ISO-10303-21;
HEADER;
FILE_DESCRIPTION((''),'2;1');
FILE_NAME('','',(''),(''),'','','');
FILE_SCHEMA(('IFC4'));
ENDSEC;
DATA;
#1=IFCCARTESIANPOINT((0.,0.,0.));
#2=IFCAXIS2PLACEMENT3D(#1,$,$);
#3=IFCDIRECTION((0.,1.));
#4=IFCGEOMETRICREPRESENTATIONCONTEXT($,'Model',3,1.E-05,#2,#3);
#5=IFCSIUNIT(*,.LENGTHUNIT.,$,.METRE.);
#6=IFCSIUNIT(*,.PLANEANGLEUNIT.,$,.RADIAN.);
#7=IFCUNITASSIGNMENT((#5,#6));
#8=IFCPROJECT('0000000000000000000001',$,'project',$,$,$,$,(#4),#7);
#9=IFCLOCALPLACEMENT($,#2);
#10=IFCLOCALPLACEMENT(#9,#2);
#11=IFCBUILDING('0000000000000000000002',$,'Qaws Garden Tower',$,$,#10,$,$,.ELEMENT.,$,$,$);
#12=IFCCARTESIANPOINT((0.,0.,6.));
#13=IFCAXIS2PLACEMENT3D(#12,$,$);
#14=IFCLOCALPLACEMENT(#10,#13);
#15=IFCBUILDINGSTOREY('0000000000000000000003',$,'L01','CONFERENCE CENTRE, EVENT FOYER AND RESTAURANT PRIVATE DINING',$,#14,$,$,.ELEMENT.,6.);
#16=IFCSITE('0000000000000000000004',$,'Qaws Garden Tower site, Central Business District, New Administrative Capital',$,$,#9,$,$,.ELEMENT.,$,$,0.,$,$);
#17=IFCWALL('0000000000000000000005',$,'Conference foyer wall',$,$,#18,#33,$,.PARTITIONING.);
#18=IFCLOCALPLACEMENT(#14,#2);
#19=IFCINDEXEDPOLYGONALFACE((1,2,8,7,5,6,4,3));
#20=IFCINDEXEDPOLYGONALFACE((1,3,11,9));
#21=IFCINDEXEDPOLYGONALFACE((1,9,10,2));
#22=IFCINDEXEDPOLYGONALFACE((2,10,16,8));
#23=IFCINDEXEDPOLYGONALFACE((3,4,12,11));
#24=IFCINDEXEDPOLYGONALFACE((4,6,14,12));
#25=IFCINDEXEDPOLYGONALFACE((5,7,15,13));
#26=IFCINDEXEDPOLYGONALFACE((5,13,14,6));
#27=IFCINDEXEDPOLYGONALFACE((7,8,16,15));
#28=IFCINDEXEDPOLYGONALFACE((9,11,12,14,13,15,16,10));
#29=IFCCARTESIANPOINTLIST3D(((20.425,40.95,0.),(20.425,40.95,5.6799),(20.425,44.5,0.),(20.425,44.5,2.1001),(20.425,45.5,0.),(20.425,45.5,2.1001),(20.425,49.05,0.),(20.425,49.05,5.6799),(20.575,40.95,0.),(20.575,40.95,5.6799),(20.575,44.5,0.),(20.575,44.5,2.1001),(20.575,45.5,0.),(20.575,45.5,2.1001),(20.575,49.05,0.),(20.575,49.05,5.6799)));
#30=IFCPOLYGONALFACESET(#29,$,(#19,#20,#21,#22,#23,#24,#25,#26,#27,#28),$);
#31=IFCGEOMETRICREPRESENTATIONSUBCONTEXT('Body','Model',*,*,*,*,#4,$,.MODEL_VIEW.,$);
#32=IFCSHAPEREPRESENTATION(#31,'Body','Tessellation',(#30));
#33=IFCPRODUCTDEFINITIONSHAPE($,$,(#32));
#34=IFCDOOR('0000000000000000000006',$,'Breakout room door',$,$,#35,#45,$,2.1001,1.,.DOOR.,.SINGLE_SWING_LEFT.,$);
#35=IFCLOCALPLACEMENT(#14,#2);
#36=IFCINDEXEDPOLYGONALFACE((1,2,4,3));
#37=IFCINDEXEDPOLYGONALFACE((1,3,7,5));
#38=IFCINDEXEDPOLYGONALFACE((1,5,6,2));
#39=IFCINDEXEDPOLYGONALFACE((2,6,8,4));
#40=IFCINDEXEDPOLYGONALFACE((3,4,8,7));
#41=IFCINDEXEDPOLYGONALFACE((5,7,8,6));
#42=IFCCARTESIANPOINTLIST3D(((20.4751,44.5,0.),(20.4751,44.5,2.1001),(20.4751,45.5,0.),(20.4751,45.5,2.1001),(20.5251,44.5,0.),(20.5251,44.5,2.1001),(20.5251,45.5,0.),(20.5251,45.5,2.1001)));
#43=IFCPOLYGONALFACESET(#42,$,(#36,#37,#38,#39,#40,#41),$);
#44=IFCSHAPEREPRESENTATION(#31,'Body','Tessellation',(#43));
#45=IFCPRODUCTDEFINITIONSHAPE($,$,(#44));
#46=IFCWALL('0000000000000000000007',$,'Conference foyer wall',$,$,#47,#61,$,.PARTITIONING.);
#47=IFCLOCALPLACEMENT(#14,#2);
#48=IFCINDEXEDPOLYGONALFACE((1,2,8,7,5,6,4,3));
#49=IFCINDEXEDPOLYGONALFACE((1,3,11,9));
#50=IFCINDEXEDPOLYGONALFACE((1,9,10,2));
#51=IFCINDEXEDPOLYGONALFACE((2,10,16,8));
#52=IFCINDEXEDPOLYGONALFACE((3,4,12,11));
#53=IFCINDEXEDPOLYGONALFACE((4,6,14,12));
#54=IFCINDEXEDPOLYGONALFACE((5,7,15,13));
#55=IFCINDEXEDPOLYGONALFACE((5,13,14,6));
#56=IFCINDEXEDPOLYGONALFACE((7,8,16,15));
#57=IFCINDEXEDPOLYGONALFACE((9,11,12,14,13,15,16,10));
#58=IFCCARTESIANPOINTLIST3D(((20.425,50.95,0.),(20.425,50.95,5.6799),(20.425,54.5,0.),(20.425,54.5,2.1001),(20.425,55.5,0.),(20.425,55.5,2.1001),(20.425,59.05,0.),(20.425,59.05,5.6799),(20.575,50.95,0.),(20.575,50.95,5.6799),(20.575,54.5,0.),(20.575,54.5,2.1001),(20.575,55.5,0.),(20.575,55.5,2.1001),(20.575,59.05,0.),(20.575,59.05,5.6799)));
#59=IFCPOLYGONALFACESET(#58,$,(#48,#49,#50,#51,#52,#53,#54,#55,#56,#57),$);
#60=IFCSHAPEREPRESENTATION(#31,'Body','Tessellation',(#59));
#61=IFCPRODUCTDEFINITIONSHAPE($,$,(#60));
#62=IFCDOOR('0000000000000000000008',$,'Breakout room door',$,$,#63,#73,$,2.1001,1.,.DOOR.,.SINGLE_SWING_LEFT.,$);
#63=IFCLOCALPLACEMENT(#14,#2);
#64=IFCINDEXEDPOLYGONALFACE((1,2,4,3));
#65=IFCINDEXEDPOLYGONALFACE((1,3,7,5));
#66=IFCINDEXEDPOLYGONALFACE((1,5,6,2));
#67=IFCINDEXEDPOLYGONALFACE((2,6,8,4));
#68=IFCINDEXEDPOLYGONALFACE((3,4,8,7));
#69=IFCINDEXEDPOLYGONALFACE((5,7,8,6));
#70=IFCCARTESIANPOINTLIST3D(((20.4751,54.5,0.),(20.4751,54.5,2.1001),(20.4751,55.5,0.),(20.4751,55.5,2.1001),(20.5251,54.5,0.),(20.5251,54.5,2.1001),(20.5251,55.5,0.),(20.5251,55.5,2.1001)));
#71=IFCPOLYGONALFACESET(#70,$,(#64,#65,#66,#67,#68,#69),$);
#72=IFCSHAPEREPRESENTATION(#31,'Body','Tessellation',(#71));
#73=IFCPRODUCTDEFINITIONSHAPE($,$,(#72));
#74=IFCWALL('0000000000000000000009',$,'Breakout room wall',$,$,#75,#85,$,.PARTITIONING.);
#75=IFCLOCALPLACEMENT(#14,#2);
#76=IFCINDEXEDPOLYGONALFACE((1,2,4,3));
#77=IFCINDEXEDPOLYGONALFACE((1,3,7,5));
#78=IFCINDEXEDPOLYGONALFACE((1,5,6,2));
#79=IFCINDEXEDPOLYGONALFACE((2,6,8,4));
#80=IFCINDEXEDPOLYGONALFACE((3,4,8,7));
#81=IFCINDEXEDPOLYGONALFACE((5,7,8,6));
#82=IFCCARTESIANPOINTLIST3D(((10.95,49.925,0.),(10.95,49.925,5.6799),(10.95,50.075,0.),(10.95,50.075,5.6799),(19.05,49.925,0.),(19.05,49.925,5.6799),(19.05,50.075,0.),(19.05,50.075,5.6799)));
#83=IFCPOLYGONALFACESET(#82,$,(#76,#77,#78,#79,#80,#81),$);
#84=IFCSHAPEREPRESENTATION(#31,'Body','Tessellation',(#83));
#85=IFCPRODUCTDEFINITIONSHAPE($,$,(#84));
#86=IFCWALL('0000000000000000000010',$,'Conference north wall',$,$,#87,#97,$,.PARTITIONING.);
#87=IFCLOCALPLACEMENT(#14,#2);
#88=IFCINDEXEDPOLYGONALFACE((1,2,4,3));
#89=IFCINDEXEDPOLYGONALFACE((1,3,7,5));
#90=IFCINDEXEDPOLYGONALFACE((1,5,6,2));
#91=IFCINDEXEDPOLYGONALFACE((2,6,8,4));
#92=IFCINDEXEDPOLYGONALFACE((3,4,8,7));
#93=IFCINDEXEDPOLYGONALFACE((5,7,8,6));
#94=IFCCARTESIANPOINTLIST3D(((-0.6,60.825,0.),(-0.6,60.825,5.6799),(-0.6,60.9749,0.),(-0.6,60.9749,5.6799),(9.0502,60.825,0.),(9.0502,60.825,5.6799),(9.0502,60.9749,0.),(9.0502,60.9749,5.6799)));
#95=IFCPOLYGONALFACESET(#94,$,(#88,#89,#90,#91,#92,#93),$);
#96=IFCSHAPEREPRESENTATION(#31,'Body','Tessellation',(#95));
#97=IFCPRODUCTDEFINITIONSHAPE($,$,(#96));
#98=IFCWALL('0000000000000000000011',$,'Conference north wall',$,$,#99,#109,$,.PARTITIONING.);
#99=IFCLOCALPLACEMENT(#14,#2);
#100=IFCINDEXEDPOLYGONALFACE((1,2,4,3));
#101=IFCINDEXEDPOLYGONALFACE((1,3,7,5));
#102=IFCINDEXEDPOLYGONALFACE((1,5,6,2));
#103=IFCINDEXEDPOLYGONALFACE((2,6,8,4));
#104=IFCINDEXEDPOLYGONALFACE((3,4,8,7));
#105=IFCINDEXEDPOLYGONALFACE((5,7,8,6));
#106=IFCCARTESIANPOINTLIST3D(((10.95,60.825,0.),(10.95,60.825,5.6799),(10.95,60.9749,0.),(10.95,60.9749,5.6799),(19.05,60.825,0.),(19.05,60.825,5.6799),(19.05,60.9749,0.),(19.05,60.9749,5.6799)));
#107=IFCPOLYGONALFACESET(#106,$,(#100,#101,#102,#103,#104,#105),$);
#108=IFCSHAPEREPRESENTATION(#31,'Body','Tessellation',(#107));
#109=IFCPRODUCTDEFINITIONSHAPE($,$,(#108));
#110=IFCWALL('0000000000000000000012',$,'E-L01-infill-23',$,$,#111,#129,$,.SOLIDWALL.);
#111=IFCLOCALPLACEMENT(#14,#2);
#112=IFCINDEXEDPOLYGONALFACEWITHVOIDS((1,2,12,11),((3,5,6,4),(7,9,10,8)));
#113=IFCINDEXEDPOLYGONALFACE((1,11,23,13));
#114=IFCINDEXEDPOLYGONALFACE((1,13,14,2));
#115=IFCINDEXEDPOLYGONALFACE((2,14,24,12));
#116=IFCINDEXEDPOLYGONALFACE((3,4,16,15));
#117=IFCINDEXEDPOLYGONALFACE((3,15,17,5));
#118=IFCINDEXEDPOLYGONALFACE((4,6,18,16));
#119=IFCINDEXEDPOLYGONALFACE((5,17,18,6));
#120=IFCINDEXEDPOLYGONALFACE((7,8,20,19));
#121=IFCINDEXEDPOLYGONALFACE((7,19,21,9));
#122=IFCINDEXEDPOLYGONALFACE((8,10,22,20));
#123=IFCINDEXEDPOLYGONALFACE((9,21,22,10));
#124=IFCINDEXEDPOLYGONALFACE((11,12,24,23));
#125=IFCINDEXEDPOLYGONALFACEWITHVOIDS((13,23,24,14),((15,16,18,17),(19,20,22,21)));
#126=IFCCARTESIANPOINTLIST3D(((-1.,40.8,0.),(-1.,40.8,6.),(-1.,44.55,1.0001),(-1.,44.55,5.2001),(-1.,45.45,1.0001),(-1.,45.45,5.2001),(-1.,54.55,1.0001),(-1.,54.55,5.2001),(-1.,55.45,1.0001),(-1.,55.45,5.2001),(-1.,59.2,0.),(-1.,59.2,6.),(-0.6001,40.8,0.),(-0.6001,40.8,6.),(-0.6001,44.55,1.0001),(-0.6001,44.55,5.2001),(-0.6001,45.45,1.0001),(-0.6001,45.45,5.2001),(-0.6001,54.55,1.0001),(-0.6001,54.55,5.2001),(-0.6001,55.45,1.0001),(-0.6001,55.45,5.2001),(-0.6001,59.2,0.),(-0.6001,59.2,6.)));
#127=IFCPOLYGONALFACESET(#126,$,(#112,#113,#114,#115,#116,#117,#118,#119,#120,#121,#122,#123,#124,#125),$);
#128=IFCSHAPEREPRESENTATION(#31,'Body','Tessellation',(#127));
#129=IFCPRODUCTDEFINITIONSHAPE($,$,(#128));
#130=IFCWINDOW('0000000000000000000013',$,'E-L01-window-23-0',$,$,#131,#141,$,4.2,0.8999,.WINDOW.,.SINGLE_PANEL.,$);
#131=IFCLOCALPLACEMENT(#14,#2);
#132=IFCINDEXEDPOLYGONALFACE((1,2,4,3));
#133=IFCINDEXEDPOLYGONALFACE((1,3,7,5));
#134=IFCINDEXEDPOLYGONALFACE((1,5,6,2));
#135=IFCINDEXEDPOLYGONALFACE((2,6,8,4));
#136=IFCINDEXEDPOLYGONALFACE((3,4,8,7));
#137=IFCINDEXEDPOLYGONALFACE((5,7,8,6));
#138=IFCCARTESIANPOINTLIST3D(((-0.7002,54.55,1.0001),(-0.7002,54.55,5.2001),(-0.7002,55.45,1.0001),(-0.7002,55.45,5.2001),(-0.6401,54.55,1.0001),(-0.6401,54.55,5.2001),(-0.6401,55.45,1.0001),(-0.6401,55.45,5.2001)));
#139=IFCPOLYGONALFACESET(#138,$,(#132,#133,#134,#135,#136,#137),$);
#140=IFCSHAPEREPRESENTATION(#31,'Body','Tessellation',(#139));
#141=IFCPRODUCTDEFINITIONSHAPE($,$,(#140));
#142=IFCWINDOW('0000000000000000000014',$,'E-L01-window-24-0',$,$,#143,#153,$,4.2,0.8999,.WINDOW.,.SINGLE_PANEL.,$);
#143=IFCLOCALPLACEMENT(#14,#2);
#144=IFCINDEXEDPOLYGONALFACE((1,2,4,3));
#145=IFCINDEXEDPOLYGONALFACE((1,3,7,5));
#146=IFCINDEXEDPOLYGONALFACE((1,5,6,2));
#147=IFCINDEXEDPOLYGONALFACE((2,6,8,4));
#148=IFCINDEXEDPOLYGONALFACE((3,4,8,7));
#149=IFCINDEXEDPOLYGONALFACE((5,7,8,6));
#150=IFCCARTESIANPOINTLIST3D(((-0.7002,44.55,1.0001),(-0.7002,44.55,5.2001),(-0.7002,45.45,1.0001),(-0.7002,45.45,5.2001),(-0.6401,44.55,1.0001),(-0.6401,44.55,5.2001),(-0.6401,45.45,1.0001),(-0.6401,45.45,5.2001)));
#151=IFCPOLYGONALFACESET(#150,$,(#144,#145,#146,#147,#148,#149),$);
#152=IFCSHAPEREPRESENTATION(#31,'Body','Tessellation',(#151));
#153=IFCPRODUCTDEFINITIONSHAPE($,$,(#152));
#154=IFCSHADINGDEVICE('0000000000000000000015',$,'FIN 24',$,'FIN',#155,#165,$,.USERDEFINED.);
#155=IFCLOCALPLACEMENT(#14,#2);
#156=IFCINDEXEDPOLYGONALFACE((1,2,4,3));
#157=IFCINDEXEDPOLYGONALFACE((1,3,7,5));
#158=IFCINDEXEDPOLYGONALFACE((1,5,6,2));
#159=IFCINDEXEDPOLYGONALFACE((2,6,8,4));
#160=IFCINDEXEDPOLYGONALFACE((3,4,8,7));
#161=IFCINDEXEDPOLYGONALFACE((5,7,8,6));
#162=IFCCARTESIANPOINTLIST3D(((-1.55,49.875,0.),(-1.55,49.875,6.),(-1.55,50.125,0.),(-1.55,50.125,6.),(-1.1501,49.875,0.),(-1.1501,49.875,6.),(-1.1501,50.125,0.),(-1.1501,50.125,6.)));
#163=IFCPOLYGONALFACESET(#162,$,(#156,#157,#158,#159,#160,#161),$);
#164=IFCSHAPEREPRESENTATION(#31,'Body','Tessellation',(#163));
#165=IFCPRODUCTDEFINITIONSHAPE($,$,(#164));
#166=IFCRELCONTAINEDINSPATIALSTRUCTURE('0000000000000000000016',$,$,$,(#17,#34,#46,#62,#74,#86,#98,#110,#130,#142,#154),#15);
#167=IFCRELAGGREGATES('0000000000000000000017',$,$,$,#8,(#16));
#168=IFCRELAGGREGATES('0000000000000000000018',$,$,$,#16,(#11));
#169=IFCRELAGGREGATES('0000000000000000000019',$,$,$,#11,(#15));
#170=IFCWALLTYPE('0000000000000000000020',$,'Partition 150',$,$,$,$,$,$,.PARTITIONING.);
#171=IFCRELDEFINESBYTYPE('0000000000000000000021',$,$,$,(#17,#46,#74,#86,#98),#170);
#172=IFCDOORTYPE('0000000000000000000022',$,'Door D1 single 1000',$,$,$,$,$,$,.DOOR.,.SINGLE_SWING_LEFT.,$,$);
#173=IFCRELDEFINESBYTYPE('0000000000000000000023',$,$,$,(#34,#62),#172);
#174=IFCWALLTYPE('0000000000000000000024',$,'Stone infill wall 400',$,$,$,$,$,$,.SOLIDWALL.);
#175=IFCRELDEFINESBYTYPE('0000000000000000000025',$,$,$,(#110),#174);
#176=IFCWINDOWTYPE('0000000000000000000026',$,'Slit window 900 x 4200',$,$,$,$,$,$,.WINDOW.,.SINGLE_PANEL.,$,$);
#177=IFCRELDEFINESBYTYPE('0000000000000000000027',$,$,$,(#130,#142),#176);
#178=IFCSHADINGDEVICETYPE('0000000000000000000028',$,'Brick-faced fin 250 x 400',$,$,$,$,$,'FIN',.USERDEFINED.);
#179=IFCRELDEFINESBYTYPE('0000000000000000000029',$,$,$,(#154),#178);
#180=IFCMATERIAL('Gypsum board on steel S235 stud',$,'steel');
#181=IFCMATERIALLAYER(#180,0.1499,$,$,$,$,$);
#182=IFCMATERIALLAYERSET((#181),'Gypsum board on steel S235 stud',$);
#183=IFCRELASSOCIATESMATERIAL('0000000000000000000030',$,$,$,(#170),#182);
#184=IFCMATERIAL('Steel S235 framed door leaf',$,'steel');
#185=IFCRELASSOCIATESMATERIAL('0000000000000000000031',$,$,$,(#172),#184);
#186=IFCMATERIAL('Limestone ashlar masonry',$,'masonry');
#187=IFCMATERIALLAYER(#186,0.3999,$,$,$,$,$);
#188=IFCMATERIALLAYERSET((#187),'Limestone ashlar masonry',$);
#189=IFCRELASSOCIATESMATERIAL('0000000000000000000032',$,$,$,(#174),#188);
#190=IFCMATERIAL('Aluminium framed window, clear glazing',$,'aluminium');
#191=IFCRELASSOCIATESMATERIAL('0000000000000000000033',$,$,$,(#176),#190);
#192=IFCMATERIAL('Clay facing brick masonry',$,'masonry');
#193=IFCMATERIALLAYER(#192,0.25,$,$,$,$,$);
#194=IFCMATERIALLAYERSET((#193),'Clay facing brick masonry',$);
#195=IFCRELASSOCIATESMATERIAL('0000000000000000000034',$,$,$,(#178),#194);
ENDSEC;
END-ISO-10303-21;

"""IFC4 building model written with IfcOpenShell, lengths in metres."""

from ifc_helpers import new_model, si_unit, direction, frame, frame_2d, origin, origin_2d, place, context, subcontext, project, spatial, rectangle, extrude, material, layer, layer_set, type_object, element, fill, save


model = new_model("IFC4")

# Units and contexts
model_context = context("Model", 3, precision=1e-05, world=origin(), true_north=direction((0.0, 1.0)))
body_context = subcontext(model_context, "Body", "Model", "MODEL_VIEW")
ifc_project = project(units=[si_unit("LENGTHUNIT", "METRE"), si_unit("PLANEANGLEUNIT", "RADIAN")], contexts=[model_context])

# Site, building, storey
site_placement = place(None, origin())
site = spatial("IfcSite", under=ifc_project, at=site_placement, Name="Qaws Garden Tower site, Central Business District, New Administrative Capital", CompositionType="ELEMENT", RefElevation=0.0)
building_placement = place(site_placement, origin())
building = spatial("IfcBuilding", under=site, at=building_placement, Name="Qaws Garden Tower", CompositionType="ELEMENT")
storey_placement = place(building_placement, frame((0.0, 0.0, 6.0)))
storey = spatial("IfcBuildingStorey", under=building, at=storey_placement, Name="L01", Description="CONFERENCE CENTRE, EVENT FOYER AND RESTAURANT PRIVATE DINING", CompositionType="ELEMENT", Elevation=6.0)

# Shared definitions
ifc_material_1 = material(Name="Gypsum board on steel S235 stud", Category="steel")
ifc_layer_1 = layer(ifc_material_1, 0.1499)
ifc_layer_set_1 = layer_set([ifc_layer_1], Name="Gypsum board on steel S235 stud")
wall_type_1 = type_object("IfcWallType", Name="Partition 150", PredefinedType="PARTITIONING", material=ifc_layer_set_1)

# Walls, openings, doors
wall_1_placement = place(storey_placement, frame((20.5, 40.95, 0.0), z_axis=(0.0, 0.0, 1.0), x_axis=(0.0, 1.0, 0.0)))
wall_1 = element("IfcWall", 1, at=wall_1_placement, inside=storey, type_object=wall_type_1, Name="Conference foyer wall", PredefinedType="PARTITIONING", context=body_context, shape_type="SweptSolid", body=[
    extrude(rectangle(XDim=8.1001, YDim=0.1499, at=frame_2d((4.05, 0.0))), origin(), (0.0, 0.0, 1.0), 5.6799),
])
opening_1_placement = place(wall_1_placement, frame((3.55, 0.0, 0.0)))
opening_1 = element("IfcOpeningElement", 2, at=opening_1_placement, cuts=wall_1, PredefinedType="OPENING", context=body_context, shape_type="SweptSolid", body=[
    extrude(rectangle(XDim=1.0, YDim=2.1001, at=frame_2d((0.5, 1.05))), frame((0.0, 0.085, 0.0), z_axis=(0.0, -1.0, 0.0), x_axis=(1.0, 0.0, 0.0)), (0.0, 0.0, 1.0), 0.1699),
])
ifc_material_2 = material(Name="Steel S235 framed door leaf", Category="steel")
door_type = type_object("IfcDoorType", Name="Door D1 single 1000", OperationType="SINGLE_SWING_LEFT", PredefinedType="DOOR", material=ifc_material_2)
door_1_placement = place(opening_1_placement, origin())
door_1 = element("IfcDoor", 3, at=door_1_placement, inside=storey, type_object=door_type, Name="Breakout room door", OperationType="SINGLE_SWING_LEFT", OverallHeight=2.1001, OverallWidth=1.0, PredefinedType="DOOR", context=body_context, shape_type="SweptSolid", body=[
    extrude(rectangle(XDim=1.0, YDim=2.1001, at=frame_2d((0.5, 1.05))), frame((0.0, 0.0249, 0.0), z_axis=(0.0, -1.0, 0.0), x_axis=(1.0, 0.0, 0.0)), (0.0, 0.0, 1.0), 0.05),
])
fill(opening_1, door_1)
wall_2_placement = place(storey_placement, frame((20.5, 50.95, 0.0), z_axis=(0.0, 0.0, 1.0), x_axis=(0.0, 1.0, 0.0)))
wall_2 = element("IfcWall", 4, at=wall_2_placement, inside=storey, type_object=wall_type_1, Name="Conference foyer wall", PredefinedType="PARTITIONING", context=body_context, shape_type="SweptSolid", body=[
    extrude(rectangle(XDim=8.1001, YDim=0.1499, at=frame_2d((4.05, 0.0))), origin(), (0.0, 0.0, 1.0), 5.6799),
])
opening_2_placement = place(wall_2_placement, frame((3.55, 0.0, 0.0)))
opening_2 = element("IfcOpeningElement", 5, at=opening_2_placement, cuts=wall_2, PredefinedType="OPENING", context=body_context, shape_type="SweptSolid", body=[
    extrude(rectangle(XDim=1.0, YDim=2.1001, at=frame_2d((0.5, 1.05))), frame((0.0, 0.085, 0.0), z_axis=(0.0, -1.0, 0.0), x_axis=(1.0, 0.0, 0.0)), (0.0, 0.0, 1.0), 0.1699),
])
door_2_placement = place(opening_2_placement, origin())
door_2 = element("IfcDoor", 6, at=door_2_placement, inside=storey, type_object=door_type, Name="Breakout room door", OperationType="SINGLE_SWING_LEFT", OverallHeight=2.1001, OverallWidth=1.0, PredefinedType="DOOR", context=body_context, shape_type="SweptSolid", body=[
    extrude(rectangle(XDim=1.0, YDim=2.1001, at=frame_2d((0.5, 1.05))), frame((0.0, 0.0249, 0.0), z_axis=(0.0, -1.0, 0.0), x_axis=(1.0, 0.0, 0.0)), (0.0, 0.0, 1.0), 0.05),
])
fill(opening_2, door_2)

# Walls
wall_3_placement = place(storey_placement, frame((10.95, 50.0, 0.0), z_axis=(0.0, 0.0, 1.0), x_axis=(1.0, 0.0, 0.0)))
element("IfcWall", 7, at=wall_3_placement, inside=storey, type_object=wall_type_1, Name="Breakout room wall", PredefinedType="PARTITIONING", context=body_context, shape_type="SweptSolid", body=[
    extrude(rectangle(XDim=8.1001, YDim=0.1499, at=frame_2d((4.05, 0.0))), origin(), (0.0, 0.0, 1.0), 5.6799),
])
wall_4_placement = place(storey_placement, frame((-0.6001, 60.8999, 0.0), z_axis=(0.0, 0.0, 1.0), x_axis=(1.0, 0.0, 0.0)))
element("IfcWall", 8, at=wall_4_placement, inside=storey, type_object=wall_type_1, Name="Conference north wall", PredefinedType="PARTITIONING", context=body_context, shape_type="SweptSolid", body=[
    extrude(rectangle(XDim=9.6501, YDim=0.1499, at=frame_2d((4.8252, 0.0))), origin(), (0.0, 0.0, 1.0), 5.6799),
])
wall_5_placement = place(storey_placement, frame((10.95, 60.8999, 0.0), z_axis=(0.0, 0.0, 1.0), x_axis=(1.0, 0.0, 0.0)))
element("IfcWall", 9, at=wall_5_placement, inside=storey, type_object=wall_type_1, Name="Conference north wall", PredefinedType="PARTITIONING", context=body_context, shape_type="SweptSolid", body=[
    extrude(rectangle(XDim=8.1001, YDim=0.1499, at=frame_2d((4.05, 0.0))), origin(), (0.0, 0.0, 1.0), 5.6799),
])

# Wall, openings, windows
ifc_material_3 = material(Name="Limestone ashlar masonry", Category="masonry")
ifc_layer_2 = layer(ifc_material_3, 0.3999)
ifc_layer_set_2 = layer_set([ifc_layer_2], Name="Limestone ashlar masonry")
wall_type_2 = type_object("IfcWallType", Name="Stone infill wall 400", PredefinedType="SOLIDWALL", material=ifc_layer_set_2)
wall_6_placement = place(storey_placement, frame((-0.8, 59.2, 0.0), z_axis=(0.0, 0.0, 1.0), x_axis=(0.0, -1.0, 0.0)))
wall_6 = element("IfcWall", 10, at=wall_6_placement, inside=storey, type_object=wall_type_2, Name="E-L01-infill-23", PredefinedType="SOLIDWALL", context=body_context, shape_type="SweptSolid", body=[
    extrude(rectangle(XDim=18.3999, YDim=0.3999, at=frame_2d((9.2, 0.0))), origin(), (0.0, 0.0, 1.0), 6.0),
])
opening_3_placement = place(wall_6_placement, frame((3.75, 0.0, 1.0)))
opening_3 = element("IfcOpeningElement", 11, at=opening_3_placement, cuts=wall_6, PredefinedType="OPENING", context=body_context, shape_type="SweptSolid", body=[
    extrude(rectangle(XDim=0.8999, YDim=4.2, at=frame_2d((0.45, 2.1001))), frame((0.0, 0.21, 0.0), z_axis=(0.0, -1.0, 0.0), x_axis=(1.0, 0.0, 0.0)), (0.0, 0.0, 1.0), 0.4199),
])
opening_4_placement = place(wall_6_placement, frame((13.75, 0.0, 1.0)))
opening_4 = element("IfcOpeningElement", 12, at=opening_4_placement, cuts=wall_6, PredefinedType="OPENING", context=body_context, shape_type="SweptSolid", body=[
    extrude(rectangle(XDim=0.8999, YDim=4.2, at=frame_2d((0.45, 2.1001))), frame((0.0, 0.21, 0.0), z_axis=(0.0, -1.0, 0.0), x_axis=(1.0, 0.0, 0.0)), (0.0, 0.0, 1.0), 0.4199),
])
ifc_material_4 = material(Name="Aluminium framed window, clear glazing", Category="aluminium")
window_type = type_object("IfcWindowType", Name="Slit window 900 x 4200", PartitioningType="SINGLE_PANEL", PredefinedType="WINDOW", material=ifc_material_4)
window_1_placement = place(opening_3_placement, origin())
window_1 = element("IfcWindow", 13, at=window_1_placement, inside=storey, type_object=window_type, Name="E-L01-window-23-0", OverallHeight=4.2, OverallWidth=0.8999, PartitioningType="SINGLE_PANEL", PredefinedType="WINDOW", context=body_context, shape_type="SweptSolid", body=[
    extrude(rectangle(XDim=0.8999, YDim=4.2, at=frame_2d((0.45, 2.1001))), frame((0.0, 0.1599, 0.0), z_axis=(0.0, -1.0, 0.0), x_axis=(1.0, 0.0, 0.0)), (0.0, 0.0, 1.0), 0.0601),
])
fill(opening_3, window_1)
window_2_placement = place(opening_4_placement, origin())
window_2 = element("IfcWindow", 14, at=window_2_placement, inside=storey, type_object=window_type, Name="E-L01-window-24-0", OverallHeight=4.2, OverallWidth=0.8999, PartitioningType="SINGLE_PANEL", PredefinedType="WINDOW", context=body_context, shape_type="SweptSolid", body=[
    extrude(rectangle(XDim=0.8999, YDim=4.2, at=frame_2d((0.45, 2.1001))), frame((0.0, 0.1599, 0.0), z_axis=(0.0, -1.0, 0.0), x_axis=(1.0, 0.0, 0.0)), (0.0, 0.0, 1.0), 0.0601),
])
fill(opening_4, window_2)

# Shading device
ifc_material_5 = material(Name="Clay facing brick masonry", Category="masonry")
ifc_layer_3 = layer(ifc_material_5, 0.25)
ifc_layer_set_3 = layer_set([ifc_layer_3], Name="Clay facing brick masonry")
shading_device_type = type_object("IfcShadingDeviceType", Name="Brick-faced fin 250 x 400", ElementType="FIN", PredefinedType="USERDEFINED", material=ifc_layer_set_3)
shading_device_placement = place(storey_placement, frame((-1.3501, 50.0, 0.0), z_axis=(0.0, 0.0, 1.0), x_axis=(0.0, -1.0, 0.0)))
element("IfcShadingDevice", 15, at=shading_device_placement, inside=storey, type_object=shading_device_type, Name="FIN 24", ObjectType="FIN", PredefinedType="USERDEFINED", context=body_context, shape_type="SweptSolid", body=[
    extrude(rectangle(XDim=0.25, YDim=0.3999, at=origin_2d()), origin(), (0.0, 0.0, 1.0), 6.0),
])

save(model, "model.ifc")
